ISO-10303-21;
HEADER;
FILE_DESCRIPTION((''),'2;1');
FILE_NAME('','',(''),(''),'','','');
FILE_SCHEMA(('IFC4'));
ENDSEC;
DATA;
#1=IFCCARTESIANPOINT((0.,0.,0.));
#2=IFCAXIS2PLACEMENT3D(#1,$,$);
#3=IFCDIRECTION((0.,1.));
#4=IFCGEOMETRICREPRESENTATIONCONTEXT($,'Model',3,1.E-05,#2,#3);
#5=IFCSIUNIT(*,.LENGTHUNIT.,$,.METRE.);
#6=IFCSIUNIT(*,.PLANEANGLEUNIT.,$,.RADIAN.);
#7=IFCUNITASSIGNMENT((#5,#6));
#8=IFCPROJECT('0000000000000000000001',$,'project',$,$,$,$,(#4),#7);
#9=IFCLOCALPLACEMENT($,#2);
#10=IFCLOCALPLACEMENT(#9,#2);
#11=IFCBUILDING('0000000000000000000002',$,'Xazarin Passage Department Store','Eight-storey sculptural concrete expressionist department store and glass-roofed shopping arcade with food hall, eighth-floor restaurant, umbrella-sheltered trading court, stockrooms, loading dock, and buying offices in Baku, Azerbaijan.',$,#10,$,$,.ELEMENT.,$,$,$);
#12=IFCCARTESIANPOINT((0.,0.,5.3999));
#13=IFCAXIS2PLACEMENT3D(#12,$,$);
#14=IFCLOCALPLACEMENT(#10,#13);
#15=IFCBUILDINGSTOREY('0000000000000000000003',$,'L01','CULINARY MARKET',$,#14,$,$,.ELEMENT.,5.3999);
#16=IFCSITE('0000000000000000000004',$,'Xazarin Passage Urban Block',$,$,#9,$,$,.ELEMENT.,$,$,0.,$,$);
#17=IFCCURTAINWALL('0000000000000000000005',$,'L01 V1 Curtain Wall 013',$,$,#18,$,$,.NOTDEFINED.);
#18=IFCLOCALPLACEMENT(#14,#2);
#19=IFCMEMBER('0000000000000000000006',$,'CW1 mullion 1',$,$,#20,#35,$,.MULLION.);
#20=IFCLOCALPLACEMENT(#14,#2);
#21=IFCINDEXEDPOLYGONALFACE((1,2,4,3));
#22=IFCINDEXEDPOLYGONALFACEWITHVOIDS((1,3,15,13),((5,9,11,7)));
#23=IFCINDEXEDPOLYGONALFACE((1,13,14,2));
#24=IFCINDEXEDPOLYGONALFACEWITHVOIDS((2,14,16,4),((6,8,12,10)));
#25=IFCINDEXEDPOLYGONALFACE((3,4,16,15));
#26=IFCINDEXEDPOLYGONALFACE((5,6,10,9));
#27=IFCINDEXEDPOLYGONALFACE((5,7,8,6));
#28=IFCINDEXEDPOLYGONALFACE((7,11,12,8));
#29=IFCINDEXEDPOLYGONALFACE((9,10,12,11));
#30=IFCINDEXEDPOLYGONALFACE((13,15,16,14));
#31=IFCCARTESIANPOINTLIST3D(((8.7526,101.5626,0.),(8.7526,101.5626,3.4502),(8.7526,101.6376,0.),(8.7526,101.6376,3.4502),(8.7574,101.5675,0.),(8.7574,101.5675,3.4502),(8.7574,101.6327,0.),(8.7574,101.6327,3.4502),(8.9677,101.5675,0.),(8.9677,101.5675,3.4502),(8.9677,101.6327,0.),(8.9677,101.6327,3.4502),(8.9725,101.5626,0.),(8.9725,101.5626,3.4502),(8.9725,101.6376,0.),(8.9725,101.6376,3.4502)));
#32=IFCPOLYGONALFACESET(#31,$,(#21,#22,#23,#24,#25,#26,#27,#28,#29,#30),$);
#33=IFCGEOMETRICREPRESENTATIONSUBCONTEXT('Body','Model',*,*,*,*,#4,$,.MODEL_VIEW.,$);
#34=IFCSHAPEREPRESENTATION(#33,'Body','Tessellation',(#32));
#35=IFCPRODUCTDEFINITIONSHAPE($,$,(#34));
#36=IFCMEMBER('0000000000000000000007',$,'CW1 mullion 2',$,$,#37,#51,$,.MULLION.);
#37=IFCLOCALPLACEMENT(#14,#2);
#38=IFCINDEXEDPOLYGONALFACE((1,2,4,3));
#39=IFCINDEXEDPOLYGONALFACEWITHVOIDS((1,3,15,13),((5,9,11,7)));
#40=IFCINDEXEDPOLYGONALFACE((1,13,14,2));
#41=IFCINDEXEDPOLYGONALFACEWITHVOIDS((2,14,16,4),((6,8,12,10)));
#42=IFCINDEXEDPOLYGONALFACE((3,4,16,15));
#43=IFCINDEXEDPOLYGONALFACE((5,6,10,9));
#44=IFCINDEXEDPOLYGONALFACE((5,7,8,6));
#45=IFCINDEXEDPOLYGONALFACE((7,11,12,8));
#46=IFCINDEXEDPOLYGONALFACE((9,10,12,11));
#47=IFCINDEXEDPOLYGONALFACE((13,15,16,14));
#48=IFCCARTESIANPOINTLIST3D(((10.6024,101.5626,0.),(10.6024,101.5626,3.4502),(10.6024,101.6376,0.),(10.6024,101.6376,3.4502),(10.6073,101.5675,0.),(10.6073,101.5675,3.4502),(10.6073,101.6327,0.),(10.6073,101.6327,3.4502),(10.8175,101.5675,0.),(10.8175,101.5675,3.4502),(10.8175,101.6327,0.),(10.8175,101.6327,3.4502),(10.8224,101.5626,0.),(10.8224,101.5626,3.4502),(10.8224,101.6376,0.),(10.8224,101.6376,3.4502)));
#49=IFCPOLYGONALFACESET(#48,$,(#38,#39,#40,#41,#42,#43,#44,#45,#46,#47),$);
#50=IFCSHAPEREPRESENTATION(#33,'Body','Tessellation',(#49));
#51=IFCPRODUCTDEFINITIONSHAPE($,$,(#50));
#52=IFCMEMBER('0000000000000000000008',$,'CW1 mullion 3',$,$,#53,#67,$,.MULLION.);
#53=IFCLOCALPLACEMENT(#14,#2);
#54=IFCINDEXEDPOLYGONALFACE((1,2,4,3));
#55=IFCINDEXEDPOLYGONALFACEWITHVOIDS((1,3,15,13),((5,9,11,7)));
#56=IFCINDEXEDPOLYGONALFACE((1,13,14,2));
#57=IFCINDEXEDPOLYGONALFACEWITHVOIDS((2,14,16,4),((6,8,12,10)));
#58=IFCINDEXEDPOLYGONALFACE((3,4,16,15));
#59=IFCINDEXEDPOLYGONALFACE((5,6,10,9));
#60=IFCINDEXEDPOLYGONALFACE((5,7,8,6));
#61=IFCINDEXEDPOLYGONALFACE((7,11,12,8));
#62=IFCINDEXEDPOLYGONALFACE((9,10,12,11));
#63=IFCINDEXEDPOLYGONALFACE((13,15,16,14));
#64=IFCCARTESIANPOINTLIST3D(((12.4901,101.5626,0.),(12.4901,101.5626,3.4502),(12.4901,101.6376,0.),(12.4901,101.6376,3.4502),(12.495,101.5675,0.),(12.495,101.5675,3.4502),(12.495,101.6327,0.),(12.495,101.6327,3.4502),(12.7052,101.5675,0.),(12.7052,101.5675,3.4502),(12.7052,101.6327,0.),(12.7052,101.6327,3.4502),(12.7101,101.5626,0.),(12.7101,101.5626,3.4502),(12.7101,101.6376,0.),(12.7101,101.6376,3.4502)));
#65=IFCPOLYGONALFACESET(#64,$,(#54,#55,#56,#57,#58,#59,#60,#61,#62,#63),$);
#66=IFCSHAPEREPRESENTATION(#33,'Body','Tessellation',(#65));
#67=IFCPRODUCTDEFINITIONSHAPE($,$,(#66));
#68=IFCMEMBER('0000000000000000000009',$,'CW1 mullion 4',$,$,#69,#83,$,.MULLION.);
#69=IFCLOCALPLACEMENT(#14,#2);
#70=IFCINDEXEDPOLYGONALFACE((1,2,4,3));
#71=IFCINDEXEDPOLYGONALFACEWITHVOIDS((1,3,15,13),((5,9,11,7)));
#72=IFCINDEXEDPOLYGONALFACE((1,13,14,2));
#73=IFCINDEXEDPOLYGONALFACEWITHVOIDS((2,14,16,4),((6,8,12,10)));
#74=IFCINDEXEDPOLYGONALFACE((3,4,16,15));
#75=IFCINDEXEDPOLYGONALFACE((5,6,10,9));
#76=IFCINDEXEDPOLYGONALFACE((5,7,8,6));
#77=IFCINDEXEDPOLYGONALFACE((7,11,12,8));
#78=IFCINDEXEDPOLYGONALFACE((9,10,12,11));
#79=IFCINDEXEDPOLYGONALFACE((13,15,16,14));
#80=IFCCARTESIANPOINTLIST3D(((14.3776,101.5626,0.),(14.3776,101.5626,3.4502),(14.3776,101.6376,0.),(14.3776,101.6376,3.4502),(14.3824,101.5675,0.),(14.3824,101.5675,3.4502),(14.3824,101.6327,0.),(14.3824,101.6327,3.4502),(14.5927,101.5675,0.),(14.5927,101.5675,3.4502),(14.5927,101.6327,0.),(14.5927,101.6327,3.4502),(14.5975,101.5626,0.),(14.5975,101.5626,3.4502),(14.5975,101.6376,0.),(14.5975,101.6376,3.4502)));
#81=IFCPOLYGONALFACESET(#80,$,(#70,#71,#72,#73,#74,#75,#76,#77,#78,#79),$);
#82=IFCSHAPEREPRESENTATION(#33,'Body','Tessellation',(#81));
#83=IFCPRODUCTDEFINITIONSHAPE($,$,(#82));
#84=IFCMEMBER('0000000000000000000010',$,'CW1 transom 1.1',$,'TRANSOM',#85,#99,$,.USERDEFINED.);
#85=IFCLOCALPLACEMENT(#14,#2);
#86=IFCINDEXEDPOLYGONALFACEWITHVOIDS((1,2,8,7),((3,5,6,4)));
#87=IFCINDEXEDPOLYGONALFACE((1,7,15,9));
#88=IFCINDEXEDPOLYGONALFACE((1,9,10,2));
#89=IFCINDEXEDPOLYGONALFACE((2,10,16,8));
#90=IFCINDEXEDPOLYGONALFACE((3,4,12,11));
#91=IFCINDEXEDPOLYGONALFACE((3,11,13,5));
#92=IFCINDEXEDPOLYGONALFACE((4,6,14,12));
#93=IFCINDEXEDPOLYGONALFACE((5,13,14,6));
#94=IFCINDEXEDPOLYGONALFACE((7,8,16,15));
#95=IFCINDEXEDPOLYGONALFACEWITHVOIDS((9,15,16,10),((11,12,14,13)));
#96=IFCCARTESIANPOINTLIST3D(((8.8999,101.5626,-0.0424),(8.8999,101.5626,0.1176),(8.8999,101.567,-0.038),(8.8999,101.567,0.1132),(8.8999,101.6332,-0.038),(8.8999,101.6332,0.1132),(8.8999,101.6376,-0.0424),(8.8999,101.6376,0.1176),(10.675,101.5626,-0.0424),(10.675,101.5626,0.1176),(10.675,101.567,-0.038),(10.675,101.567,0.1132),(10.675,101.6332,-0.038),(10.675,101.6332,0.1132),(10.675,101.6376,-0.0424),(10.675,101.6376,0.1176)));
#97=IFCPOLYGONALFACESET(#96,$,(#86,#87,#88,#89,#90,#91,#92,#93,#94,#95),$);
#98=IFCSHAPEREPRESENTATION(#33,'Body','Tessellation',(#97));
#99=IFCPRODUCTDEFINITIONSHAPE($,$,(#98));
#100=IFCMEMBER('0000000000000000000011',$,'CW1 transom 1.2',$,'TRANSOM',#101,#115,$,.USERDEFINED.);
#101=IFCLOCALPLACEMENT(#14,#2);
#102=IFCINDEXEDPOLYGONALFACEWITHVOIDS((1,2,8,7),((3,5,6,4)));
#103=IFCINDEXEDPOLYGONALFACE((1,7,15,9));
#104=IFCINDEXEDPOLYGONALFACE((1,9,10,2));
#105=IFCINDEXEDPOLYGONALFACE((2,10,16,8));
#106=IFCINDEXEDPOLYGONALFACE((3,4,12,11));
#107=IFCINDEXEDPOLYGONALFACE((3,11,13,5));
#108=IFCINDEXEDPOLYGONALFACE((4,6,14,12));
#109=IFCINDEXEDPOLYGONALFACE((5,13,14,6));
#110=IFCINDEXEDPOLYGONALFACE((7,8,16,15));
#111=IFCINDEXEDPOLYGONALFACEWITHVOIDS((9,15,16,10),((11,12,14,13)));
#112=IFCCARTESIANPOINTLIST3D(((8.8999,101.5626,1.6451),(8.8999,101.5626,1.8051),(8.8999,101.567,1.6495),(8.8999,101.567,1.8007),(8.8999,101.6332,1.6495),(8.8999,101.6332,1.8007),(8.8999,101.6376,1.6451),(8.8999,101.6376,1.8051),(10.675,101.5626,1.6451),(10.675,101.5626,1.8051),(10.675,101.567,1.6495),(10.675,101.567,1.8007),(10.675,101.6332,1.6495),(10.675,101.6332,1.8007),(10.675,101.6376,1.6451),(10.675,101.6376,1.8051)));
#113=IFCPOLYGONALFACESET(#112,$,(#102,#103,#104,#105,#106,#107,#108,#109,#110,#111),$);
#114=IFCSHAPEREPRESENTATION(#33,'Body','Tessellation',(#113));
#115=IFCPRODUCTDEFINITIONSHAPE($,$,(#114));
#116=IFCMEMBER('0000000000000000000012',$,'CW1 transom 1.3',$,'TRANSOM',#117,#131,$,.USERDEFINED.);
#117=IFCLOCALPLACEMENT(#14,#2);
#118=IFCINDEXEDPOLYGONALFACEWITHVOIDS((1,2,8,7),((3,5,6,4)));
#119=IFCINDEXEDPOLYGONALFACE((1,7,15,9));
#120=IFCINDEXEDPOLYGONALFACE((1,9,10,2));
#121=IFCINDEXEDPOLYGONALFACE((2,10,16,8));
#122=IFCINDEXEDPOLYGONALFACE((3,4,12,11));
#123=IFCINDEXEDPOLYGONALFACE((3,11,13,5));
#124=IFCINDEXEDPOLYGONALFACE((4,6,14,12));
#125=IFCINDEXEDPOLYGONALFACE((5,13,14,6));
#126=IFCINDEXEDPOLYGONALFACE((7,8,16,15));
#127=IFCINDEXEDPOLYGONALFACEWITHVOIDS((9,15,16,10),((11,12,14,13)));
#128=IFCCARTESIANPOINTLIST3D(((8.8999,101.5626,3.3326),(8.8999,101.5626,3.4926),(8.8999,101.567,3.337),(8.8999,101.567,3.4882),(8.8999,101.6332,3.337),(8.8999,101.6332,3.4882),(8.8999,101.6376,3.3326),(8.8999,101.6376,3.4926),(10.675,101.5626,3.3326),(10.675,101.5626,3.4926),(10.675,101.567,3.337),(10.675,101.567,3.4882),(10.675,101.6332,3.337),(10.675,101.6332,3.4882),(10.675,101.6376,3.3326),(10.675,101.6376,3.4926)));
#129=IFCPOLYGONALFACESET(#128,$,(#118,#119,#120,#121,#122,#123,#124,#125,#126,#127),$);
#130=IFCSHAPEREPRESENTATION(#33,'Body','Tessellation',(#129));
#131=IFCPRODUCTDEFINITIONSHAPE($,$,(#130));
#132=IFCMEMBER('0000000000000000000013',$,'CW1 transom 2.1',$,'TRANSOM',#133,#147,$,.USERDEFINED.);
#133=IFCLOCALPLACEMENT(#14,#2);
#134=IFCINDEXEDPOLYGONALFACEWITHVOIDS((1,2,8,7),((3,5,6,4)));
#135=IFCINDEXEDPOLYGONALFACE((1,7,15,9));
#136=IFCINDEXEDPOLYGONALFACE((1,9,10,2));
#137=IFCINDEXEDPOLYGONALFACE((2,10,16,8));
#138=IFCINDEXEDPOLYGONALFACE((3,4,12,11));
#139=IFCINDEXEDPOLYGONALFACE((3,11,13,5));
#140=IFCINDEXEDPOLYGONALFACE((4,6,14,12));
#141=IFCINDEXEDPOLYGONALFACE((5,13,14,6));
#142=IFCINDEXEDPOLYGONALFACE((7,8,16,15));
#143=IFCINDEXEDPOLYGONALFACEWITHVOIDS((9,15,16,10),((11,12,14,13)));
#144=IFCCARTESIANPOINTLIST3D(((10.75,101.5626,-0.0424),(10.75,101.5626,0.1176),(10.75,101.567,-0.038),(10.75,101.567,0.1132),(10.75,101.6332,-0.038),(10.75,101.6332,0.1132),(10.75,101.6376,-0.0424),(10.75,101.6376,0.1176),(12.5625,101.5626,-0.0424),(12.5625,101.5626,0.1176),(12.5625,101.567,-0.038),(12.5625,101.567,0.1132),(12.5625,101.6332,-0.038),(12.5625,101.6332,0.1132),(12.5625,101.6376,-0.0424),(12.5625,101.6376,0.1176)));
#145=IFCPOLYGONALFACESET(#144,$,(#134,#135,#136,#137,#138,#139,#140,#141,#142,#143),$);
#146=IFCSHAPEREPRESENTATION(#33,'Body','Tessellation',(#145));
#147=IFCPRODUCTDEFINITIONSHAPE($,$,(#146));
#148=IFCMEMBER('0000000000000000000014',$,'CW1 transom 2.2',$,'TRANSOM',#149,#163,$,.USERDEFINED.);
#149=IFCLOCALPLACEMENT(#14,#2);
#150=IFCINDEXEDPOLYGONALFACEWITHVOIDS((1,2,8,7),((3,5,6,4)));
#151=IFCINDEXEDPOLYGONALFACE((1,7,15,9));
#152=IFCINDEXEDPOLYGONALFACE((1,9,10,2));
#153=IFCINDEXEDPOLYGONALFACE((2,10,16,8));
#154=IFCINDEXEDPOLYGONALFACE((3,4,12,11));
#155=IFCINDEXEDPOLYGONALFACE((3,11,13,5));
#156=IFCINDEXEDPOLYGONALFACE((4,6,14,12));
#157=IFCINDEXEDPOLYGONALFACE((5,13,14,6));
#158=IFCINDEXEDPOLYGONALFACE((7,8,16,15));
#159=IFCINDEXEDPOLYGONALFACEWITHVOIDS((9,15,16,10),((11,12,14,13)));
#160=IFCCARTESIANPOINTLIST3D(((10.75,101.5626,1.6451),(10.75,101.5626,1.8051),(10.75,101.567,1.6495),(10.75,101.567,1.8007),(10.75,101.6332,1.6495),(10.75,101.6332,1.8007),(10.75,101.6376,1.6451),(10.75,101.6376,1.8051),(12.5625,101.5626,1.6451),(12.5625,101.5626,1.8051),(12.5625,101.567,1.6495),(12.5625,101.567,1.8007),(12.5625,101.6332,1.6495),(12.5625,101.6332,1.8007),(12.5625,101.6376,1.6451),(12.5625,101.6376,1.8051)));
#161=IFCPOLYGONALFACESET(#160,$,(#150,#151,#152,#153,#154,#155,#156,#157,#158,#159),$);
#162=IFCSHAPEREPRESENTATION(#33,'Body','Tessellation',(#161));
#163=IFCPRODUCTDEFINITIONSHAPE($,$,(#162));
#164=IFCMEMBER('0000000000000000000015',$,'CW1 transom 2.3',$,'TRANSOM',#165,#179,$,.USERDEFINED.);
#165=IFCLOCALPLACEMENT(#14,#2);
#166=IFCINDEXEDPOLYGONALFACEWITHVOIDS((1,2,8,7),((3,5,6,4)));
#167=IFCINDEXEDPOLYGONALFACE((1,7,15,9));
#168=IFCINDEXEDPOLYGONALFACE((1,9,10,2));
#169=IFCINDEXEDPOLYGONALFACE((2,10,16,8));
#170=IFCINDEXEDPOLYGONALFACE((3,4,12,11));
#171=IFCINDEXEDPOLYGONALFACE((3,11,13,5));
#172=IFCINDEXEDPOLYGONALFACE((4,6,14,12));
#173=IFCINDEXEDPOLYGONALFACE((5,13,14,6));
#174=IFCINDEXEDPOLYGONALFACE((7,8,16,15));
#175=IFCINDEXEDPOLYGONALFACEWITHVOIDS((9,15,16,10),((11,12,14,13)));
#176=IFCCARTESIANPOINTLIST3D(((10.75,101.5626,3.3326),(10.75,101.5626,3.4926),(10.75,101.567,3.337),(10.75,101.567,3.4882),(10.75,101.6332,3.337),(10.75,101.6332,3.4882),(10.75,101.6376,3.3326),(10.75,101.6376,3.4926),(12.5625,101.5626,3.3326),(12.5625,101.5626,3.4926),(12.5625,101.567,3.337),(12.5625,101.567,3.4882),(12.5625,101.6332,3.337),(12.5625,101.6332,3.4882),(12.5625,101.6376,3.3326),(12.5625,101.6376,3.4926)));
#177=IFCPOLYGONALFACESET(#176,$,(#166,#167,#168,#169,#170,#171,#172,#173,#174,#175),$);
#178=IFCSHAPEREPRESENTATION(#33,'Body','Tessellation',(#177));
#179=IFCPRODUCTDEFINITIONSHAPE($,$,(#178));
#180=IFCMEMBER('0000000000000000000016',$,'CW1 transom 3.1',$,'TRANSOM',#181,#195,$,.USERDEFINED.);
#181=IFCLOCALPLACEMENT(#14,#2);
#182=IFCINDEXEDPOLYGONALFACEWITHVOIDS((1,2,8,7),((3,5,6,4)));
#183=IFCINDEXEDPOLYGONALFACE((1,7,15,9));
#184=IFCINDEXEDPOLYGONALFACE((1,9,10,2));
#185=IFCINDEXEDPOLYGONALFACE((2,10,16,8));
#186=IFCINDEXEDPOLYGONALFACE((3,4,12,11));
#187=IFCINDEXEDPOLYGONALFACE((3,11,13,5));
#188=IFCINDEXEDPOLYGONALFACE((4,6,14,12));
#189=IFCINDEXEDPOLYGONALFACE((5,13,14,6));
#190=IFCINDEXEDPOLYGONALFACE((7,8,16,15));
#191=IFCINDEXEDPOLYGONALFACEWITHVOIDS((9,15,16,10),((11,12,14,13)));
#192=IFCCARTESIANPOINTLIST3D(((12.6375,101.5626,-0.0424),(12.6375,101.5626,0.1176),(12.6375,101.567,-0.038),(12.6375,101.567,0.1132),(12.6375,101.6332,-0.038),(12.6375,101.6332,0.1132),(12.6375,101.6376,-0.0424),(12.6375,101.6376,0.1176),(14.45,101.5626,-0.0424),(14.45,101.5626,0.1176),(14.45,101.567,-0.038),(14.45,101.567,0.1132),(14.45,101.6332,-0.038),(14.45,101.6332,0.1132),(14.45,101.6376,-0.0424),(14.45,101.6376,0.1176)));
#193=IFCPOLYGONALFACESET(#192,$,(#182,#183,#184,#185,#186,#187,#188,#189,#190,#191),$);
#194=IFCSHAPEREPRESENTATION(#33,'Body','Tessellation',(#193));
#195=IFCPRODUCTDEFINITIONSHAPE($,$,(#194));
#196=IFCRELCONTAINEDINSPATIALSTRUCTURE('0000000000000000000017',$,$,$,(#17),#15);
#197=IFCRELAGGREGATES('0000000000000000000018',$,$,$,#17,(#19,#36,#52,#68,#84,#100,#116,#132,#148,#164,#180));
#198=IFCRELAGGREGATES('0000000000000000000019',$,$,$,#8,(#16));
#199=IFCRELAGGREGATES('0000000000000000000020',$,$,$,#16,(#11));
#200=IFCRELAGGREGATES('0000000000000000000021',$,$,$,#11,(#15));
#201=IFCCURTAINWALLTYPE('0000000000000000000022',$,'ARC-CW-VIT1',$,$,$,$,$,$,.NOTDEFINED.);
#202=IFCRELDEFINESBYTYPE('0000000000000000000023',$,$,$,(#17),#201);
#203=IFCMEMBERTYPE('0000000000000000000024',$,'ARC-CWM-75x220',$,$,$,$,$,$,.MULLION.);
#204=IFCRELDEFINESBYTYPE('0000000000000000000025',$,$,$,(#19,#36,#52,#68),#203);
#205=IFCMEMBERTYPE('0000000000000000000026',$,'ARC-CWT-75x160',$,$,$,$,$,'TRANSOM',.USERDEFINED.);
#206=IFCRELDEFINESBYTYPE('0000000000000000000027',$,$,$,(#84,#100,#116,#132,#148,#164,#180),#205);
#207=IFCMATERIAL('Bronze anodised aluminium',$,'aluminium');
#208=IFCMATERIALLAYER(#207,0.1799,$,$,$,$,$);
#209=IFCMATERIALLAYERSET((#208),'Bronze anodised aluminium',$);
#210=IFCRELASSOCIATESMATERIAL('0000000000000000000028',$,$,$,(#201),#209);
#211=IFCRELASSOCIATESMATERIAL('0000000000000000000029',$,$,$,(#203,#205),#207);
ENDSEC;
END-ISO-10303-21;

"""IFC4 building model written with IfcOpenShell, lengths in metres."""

from ifc_helpers import new_model, si_unit, direction, frame, origin, origin_2d, place, context, subcontext, project, spatial, hollow_rectangle, extrude, material, layer, layer_set, material_profile, profile_set, type_object, element, aggregate, save


model = new_model("IFC4")

# Units and contexts
model_context = context("Model", 3, precision=1e-05, world=origin(), true_north=direction((0.0, 1.0)))
body_context = subcontext(model_context, "Body", "Model", "MODEL_VIEW")
ifc_project = project(units=[si_unit("LENGTHUNIT", "METRE"), si_unit("PLANEANGLEUNIT", "RADIAN")], contexts=[model_context])

# Site, building, storey
site_placement = place(None, origin())
site = spatial("IfcSite", under=ifc_project, at=site_placement, Name="Xazarin Passage Urban Block", CompositionType="ELEMENT", RefElevation=0.0)
building_placement = place(site_placement, origin())
building = spatial("IfcBuilding", under=site, at=building_placement, Name="Xazarin Passage Department Store", Description="Eight-storey sculptural concrete expressionist department store and glass-roofed shopping arcade with food hall, eighth-floor restaurant, umbrella-sheltered trading court, stockrooms, loading dock, and buying offices in Baku, Azerbaijan.", CompositionType="ELEMENT")
storey_placement = place(building_placement, frame((0.0, 0.0, 5.3999)))
storey = spatial("IfcBuildingStorey", under=building, at=storey_placement, Name="L01", Description="CULINARY MARKET", CompositionType="ELEMENT", Elevation=5.3999)

# Curtain wall, members
ifc_material_1 = material(Name="Bronze anodised aluminium", Category="aluminium")
ifc_layer_1 = layer(ifc_material_1, 0.1799)
ifc_layer_set_1 = layer_set([ifc_layer_1], Name="Bronze anodised aluminium")
curtain_wall_type = type_object("IfcCurtainWallType", Name="ARC-CW-VIT1", PredefinedType="NOTDEFINED", material=ifc_layer_set_1)
curtain_wall_placement = place(storey_placement, origin())
curtain_wall = element("IfcCurtainWall", 1, at=curtain_wall_placement, inside=storey, type_object=curtain_wall_type, Name="L01 V1 Curtain Wall 013", PredefinedType="NOTDEFINED")
ifc_material_profile_1 = material_profile(ifc_material_1, hollow_rectangle(XDim=0.075, YDim=0.22, WallThickness=0.0049, at=origin_2d()), Name="ALU 75x220")
ifc_profile_set_1 = profile_set([ifc_material_profile_1], Name="Bronze anodised aluminium")
member_type_1 = type_object("IfcMemberType", Name="ARC-CWM-75x220", PredefinedType="MULLION", material=ifc_profile_set_1)
member_1_placement = place(storey_placement, frame((8.8625, 101.6001, 0.0), z_axis=(0.0, 0.0, 1.0), x_axis=(0.0, 1.0, 0.0)))
member_1 = element("IfcMember", 2, at=member_1_placement, type_object=member_type_1, Name="CW1 mullion 1", PredefinedType="MULLION", context=body_context, shape_type="SweptSolid", body=[
    extrude(hollow_rectangle(XDim=0.075, YDim=0.22, WallThickness=0.0049, at=origin_2d()), origin(), (0.0, 0.0, 1.0), 3.4502),
])
member_2_placement = place(storey_placement, frame((10.7124, 101.6001, 0.0), z_axis=(0.0, 0.0, 1.0), x_axis=(0.0, 1.0, 0.0)))
member_2 = element("IfcMember", 3, at=member_2_placement, type_object=member_type_1, Name="CW1 mullion 2", PredefinedType="MULLION", context=body_context, shape_type="SweptSolid", body=[
    extrude(hollow_rectangle(XDim=0.075, YDim=0.22, WallThickness=0.0049, at=origin_2d()), origin(), (0.0, 0.0, 1.0), 3.4502),
])
member_3_placement = place(storey_placement, frame((12.6001, 101.6001, 0.0), z_axis=(0.0, 0.0, 1.0), x_axis=(0.0, 1.0, 0.0)))
member_3 = element("IfcMember", 4, at=member_3_placement, type_object=member_type_1, Name="CW1 mullion 3", PredefinedType="MULLION", context=body_context, shape_type="SweptSolid", body=[
    extrude(hollow_rectangle(XDim=0.075, YDim=0.22, WallThickness=0.0049, at=origin_2d()), origin(), (0.0, 0.0, 1.0), 3.4502),
])
member_4_placement = place(storey_placement, frame((14.4875, 101.6001, 0.0), z_axis=(0.0, 0.0, 1.0), x_axis=(0.0, 1.0, 0.0)))
member_4 = element("IfcMember", 5, at=member_4_placement, type_object=member_type_1, Name="CW1 mullion 4", PredefinedType="MULLION", context=body_context, shape_type="SweptSolid", body=[
    extrude(hollow_rectangle(XDim=0.075, YDim=0.22, WallThickness=0.0049, at=origin_2d()), origin(), (0.0, 0.0, 1.0), 3.4502),
])
ifc_material_profile_2 = material_profile(ifc_material_1, hollow_rectangle(XDim=0.075, YDim=0.1599, WallThickness=0.0044, at=origin_2d()), Name="ALU 75x160")
ifc_profile_set_2 = profile_set([ifc_material_profile_2], Name="Bronze anodised aluminium")
member_type_2 = type_object("IfcMemberType", Name="ARC-CWT-75x160", ElementType="TRANSOM", PredefinedType="USERDEFINED", material=ifc_profile_set_2)
member_5_placement = place(storey_placement, frame((8.8999, 101.6001, 0.0376), z_axis=(1.0, 0.0, 0.0), x_axis=(0.0, 1.0, 0.0)))
member_5 = element("IfcMember", 6, at=member_5_placement, type_object=member_type_2, Name="CW1 transom 1.1", ObjectType="TRANSOM", PredefinedType="USERDEFINED", context=body_context, shape_type="SweptSolid", body=[
    extrude(hollow_rectangle(XDim=0.075, YDim=0.1599, WallThickness=0.0044, at=origin_2d()), origin(), (0.0, 0.0, 1.0), 1.7751),
])
member_6_placement = place(storey_placement, frame((8.8999, 101.6001, 1.7251), z_axis=(1.0, 0.0, 0.0), x_axis=(0.0, 1.0, 0.0)))
member_6 = element("IfcMember", 7, at=member_6_placement, type_object=member_type_2, Name="CW1 transom 1.2", ObjectType="TRANSOM", PredefinedType="USERDEFINED", context=body_context, shape_type="SweptSolid", body=[
    extrude(hollow_rectangle(XDim=0.075, YDim=0.1599, WallThickness=0.0044, at=origin_2d()), origin(), (0.0, 0.0, 1.0), 1.7751),
])
member_7_placement = place(storey_placement, frame((8.8999, 101.6001, 3.4126), z_axis=(1.0, 0.0, 0.0), x_axis=(0.0, 1.0, 0.0)))
member_7 = element("IfcMember", 8, at=member_7_placement, type_object=member_type_2, Name="CW1 transom 1.3", ObjectType="TRANSOM", PredefinedType="USERDEFINED", context=body_context, shape_type="SweptSolid", body=[
    extrude(hollow_rectangle(XDim=0.075, YDim=0.1599, WallThickness=0.0044, at=origin_2d()), origin(), (0.0, 0.0, 1.0), 1.7751),
])
member_8_placement = place(storey_placement, frame((10.75, 101.6001, 0.0376), z_axis=(1.0, 0.0, 0.0), x_axis=(0.0, 1.0, 0.0)))
member_8 = element("IfcMember", 9, at=member_8_placement, type_object=member_type_2, Name="CW1 transom 2.1", ObjectType="TRANSOM", PredefinedType="USERDEFINED", context=body_context, shape_type="SweptSolid", body=[
    extrude(hollow_rectangle(XDim=0.075, YDim=0.1599, WallThickness=0.0044, at=origin_2d()), origin(), (0.0, 0.0, 1.0), 1.8125),
])
member_9_placement = place(storey_placement, frame((10.75, 101.6001, 1.7251), z_axis=(1.0, 0.0, 0.0), x_axis=(0.0, 1.0, 0.0)))
member_9 = element("IfcMember", 10, at=member_9_placement, type_object=member_type_2, Name="CW1 transom 2.2", ObjectType="TRANSOM", PredefinedType="USERDEFINED", context=body_context, shape_type="SweptSolid", body=[
    extrude(hollow_rectangle(XDim=0.075, YDim=0.1599, WallThickness=0.0044, at=origin_2d()), origin(), (0.0, 0.0, 1.0), 1.8125),
])
member_10_placement = place(storey_placement, frame((10.75, 101.6001, 3.4126), z_axis=(1.0, 0.0, 0.0), x_axis=(0.0, 1.0, 0.0)))
member_10 = element("IfcMember", 11, at=member_10_placement, type_object=member_type_2, Name="CW1 transom 2.3", ObjectType="TRANSOM", PredefinedType="USERDEFINED", context=body_context, shape_type="SweptSolid", body=[
    extrude(hollow_rectangle(XDim=0.075, YDim=0.1599, WallThickness=0.0044, at=origin_2d()), origin(), (0.0, 0.0, 1.0), 1.8125),
])
member_11_placement = place(storey_placement, frame((12.6375, 101.6001, 0.0376), z_axis=(1.0, 0.0, 0.0), x_axis=(0.0, 1.0, 0.0)))
member_11 = element("IfcMember", 12, at=member_11_placement, type_object=member_type_2, Name="CW1 transom 3.1", ObjectType="TRANSOM", PredefinedType="USERDEFINED", context=body_context, shape_type="SweptSolid", body=[
    extrude(hollow_rectangle(XDim=0.075, YDim=0.1599, WallThickness=0.0044, at=origin_2d()), origin(), (0.0, 0.0, 1.0), 1.8125),
])

aggregate(curtain_wall, [member_1, member_2, member_3, member_4, member_5, member_6, member_7, member_8, member_9, member_10, member_11])

save(model, "model.ifc")
